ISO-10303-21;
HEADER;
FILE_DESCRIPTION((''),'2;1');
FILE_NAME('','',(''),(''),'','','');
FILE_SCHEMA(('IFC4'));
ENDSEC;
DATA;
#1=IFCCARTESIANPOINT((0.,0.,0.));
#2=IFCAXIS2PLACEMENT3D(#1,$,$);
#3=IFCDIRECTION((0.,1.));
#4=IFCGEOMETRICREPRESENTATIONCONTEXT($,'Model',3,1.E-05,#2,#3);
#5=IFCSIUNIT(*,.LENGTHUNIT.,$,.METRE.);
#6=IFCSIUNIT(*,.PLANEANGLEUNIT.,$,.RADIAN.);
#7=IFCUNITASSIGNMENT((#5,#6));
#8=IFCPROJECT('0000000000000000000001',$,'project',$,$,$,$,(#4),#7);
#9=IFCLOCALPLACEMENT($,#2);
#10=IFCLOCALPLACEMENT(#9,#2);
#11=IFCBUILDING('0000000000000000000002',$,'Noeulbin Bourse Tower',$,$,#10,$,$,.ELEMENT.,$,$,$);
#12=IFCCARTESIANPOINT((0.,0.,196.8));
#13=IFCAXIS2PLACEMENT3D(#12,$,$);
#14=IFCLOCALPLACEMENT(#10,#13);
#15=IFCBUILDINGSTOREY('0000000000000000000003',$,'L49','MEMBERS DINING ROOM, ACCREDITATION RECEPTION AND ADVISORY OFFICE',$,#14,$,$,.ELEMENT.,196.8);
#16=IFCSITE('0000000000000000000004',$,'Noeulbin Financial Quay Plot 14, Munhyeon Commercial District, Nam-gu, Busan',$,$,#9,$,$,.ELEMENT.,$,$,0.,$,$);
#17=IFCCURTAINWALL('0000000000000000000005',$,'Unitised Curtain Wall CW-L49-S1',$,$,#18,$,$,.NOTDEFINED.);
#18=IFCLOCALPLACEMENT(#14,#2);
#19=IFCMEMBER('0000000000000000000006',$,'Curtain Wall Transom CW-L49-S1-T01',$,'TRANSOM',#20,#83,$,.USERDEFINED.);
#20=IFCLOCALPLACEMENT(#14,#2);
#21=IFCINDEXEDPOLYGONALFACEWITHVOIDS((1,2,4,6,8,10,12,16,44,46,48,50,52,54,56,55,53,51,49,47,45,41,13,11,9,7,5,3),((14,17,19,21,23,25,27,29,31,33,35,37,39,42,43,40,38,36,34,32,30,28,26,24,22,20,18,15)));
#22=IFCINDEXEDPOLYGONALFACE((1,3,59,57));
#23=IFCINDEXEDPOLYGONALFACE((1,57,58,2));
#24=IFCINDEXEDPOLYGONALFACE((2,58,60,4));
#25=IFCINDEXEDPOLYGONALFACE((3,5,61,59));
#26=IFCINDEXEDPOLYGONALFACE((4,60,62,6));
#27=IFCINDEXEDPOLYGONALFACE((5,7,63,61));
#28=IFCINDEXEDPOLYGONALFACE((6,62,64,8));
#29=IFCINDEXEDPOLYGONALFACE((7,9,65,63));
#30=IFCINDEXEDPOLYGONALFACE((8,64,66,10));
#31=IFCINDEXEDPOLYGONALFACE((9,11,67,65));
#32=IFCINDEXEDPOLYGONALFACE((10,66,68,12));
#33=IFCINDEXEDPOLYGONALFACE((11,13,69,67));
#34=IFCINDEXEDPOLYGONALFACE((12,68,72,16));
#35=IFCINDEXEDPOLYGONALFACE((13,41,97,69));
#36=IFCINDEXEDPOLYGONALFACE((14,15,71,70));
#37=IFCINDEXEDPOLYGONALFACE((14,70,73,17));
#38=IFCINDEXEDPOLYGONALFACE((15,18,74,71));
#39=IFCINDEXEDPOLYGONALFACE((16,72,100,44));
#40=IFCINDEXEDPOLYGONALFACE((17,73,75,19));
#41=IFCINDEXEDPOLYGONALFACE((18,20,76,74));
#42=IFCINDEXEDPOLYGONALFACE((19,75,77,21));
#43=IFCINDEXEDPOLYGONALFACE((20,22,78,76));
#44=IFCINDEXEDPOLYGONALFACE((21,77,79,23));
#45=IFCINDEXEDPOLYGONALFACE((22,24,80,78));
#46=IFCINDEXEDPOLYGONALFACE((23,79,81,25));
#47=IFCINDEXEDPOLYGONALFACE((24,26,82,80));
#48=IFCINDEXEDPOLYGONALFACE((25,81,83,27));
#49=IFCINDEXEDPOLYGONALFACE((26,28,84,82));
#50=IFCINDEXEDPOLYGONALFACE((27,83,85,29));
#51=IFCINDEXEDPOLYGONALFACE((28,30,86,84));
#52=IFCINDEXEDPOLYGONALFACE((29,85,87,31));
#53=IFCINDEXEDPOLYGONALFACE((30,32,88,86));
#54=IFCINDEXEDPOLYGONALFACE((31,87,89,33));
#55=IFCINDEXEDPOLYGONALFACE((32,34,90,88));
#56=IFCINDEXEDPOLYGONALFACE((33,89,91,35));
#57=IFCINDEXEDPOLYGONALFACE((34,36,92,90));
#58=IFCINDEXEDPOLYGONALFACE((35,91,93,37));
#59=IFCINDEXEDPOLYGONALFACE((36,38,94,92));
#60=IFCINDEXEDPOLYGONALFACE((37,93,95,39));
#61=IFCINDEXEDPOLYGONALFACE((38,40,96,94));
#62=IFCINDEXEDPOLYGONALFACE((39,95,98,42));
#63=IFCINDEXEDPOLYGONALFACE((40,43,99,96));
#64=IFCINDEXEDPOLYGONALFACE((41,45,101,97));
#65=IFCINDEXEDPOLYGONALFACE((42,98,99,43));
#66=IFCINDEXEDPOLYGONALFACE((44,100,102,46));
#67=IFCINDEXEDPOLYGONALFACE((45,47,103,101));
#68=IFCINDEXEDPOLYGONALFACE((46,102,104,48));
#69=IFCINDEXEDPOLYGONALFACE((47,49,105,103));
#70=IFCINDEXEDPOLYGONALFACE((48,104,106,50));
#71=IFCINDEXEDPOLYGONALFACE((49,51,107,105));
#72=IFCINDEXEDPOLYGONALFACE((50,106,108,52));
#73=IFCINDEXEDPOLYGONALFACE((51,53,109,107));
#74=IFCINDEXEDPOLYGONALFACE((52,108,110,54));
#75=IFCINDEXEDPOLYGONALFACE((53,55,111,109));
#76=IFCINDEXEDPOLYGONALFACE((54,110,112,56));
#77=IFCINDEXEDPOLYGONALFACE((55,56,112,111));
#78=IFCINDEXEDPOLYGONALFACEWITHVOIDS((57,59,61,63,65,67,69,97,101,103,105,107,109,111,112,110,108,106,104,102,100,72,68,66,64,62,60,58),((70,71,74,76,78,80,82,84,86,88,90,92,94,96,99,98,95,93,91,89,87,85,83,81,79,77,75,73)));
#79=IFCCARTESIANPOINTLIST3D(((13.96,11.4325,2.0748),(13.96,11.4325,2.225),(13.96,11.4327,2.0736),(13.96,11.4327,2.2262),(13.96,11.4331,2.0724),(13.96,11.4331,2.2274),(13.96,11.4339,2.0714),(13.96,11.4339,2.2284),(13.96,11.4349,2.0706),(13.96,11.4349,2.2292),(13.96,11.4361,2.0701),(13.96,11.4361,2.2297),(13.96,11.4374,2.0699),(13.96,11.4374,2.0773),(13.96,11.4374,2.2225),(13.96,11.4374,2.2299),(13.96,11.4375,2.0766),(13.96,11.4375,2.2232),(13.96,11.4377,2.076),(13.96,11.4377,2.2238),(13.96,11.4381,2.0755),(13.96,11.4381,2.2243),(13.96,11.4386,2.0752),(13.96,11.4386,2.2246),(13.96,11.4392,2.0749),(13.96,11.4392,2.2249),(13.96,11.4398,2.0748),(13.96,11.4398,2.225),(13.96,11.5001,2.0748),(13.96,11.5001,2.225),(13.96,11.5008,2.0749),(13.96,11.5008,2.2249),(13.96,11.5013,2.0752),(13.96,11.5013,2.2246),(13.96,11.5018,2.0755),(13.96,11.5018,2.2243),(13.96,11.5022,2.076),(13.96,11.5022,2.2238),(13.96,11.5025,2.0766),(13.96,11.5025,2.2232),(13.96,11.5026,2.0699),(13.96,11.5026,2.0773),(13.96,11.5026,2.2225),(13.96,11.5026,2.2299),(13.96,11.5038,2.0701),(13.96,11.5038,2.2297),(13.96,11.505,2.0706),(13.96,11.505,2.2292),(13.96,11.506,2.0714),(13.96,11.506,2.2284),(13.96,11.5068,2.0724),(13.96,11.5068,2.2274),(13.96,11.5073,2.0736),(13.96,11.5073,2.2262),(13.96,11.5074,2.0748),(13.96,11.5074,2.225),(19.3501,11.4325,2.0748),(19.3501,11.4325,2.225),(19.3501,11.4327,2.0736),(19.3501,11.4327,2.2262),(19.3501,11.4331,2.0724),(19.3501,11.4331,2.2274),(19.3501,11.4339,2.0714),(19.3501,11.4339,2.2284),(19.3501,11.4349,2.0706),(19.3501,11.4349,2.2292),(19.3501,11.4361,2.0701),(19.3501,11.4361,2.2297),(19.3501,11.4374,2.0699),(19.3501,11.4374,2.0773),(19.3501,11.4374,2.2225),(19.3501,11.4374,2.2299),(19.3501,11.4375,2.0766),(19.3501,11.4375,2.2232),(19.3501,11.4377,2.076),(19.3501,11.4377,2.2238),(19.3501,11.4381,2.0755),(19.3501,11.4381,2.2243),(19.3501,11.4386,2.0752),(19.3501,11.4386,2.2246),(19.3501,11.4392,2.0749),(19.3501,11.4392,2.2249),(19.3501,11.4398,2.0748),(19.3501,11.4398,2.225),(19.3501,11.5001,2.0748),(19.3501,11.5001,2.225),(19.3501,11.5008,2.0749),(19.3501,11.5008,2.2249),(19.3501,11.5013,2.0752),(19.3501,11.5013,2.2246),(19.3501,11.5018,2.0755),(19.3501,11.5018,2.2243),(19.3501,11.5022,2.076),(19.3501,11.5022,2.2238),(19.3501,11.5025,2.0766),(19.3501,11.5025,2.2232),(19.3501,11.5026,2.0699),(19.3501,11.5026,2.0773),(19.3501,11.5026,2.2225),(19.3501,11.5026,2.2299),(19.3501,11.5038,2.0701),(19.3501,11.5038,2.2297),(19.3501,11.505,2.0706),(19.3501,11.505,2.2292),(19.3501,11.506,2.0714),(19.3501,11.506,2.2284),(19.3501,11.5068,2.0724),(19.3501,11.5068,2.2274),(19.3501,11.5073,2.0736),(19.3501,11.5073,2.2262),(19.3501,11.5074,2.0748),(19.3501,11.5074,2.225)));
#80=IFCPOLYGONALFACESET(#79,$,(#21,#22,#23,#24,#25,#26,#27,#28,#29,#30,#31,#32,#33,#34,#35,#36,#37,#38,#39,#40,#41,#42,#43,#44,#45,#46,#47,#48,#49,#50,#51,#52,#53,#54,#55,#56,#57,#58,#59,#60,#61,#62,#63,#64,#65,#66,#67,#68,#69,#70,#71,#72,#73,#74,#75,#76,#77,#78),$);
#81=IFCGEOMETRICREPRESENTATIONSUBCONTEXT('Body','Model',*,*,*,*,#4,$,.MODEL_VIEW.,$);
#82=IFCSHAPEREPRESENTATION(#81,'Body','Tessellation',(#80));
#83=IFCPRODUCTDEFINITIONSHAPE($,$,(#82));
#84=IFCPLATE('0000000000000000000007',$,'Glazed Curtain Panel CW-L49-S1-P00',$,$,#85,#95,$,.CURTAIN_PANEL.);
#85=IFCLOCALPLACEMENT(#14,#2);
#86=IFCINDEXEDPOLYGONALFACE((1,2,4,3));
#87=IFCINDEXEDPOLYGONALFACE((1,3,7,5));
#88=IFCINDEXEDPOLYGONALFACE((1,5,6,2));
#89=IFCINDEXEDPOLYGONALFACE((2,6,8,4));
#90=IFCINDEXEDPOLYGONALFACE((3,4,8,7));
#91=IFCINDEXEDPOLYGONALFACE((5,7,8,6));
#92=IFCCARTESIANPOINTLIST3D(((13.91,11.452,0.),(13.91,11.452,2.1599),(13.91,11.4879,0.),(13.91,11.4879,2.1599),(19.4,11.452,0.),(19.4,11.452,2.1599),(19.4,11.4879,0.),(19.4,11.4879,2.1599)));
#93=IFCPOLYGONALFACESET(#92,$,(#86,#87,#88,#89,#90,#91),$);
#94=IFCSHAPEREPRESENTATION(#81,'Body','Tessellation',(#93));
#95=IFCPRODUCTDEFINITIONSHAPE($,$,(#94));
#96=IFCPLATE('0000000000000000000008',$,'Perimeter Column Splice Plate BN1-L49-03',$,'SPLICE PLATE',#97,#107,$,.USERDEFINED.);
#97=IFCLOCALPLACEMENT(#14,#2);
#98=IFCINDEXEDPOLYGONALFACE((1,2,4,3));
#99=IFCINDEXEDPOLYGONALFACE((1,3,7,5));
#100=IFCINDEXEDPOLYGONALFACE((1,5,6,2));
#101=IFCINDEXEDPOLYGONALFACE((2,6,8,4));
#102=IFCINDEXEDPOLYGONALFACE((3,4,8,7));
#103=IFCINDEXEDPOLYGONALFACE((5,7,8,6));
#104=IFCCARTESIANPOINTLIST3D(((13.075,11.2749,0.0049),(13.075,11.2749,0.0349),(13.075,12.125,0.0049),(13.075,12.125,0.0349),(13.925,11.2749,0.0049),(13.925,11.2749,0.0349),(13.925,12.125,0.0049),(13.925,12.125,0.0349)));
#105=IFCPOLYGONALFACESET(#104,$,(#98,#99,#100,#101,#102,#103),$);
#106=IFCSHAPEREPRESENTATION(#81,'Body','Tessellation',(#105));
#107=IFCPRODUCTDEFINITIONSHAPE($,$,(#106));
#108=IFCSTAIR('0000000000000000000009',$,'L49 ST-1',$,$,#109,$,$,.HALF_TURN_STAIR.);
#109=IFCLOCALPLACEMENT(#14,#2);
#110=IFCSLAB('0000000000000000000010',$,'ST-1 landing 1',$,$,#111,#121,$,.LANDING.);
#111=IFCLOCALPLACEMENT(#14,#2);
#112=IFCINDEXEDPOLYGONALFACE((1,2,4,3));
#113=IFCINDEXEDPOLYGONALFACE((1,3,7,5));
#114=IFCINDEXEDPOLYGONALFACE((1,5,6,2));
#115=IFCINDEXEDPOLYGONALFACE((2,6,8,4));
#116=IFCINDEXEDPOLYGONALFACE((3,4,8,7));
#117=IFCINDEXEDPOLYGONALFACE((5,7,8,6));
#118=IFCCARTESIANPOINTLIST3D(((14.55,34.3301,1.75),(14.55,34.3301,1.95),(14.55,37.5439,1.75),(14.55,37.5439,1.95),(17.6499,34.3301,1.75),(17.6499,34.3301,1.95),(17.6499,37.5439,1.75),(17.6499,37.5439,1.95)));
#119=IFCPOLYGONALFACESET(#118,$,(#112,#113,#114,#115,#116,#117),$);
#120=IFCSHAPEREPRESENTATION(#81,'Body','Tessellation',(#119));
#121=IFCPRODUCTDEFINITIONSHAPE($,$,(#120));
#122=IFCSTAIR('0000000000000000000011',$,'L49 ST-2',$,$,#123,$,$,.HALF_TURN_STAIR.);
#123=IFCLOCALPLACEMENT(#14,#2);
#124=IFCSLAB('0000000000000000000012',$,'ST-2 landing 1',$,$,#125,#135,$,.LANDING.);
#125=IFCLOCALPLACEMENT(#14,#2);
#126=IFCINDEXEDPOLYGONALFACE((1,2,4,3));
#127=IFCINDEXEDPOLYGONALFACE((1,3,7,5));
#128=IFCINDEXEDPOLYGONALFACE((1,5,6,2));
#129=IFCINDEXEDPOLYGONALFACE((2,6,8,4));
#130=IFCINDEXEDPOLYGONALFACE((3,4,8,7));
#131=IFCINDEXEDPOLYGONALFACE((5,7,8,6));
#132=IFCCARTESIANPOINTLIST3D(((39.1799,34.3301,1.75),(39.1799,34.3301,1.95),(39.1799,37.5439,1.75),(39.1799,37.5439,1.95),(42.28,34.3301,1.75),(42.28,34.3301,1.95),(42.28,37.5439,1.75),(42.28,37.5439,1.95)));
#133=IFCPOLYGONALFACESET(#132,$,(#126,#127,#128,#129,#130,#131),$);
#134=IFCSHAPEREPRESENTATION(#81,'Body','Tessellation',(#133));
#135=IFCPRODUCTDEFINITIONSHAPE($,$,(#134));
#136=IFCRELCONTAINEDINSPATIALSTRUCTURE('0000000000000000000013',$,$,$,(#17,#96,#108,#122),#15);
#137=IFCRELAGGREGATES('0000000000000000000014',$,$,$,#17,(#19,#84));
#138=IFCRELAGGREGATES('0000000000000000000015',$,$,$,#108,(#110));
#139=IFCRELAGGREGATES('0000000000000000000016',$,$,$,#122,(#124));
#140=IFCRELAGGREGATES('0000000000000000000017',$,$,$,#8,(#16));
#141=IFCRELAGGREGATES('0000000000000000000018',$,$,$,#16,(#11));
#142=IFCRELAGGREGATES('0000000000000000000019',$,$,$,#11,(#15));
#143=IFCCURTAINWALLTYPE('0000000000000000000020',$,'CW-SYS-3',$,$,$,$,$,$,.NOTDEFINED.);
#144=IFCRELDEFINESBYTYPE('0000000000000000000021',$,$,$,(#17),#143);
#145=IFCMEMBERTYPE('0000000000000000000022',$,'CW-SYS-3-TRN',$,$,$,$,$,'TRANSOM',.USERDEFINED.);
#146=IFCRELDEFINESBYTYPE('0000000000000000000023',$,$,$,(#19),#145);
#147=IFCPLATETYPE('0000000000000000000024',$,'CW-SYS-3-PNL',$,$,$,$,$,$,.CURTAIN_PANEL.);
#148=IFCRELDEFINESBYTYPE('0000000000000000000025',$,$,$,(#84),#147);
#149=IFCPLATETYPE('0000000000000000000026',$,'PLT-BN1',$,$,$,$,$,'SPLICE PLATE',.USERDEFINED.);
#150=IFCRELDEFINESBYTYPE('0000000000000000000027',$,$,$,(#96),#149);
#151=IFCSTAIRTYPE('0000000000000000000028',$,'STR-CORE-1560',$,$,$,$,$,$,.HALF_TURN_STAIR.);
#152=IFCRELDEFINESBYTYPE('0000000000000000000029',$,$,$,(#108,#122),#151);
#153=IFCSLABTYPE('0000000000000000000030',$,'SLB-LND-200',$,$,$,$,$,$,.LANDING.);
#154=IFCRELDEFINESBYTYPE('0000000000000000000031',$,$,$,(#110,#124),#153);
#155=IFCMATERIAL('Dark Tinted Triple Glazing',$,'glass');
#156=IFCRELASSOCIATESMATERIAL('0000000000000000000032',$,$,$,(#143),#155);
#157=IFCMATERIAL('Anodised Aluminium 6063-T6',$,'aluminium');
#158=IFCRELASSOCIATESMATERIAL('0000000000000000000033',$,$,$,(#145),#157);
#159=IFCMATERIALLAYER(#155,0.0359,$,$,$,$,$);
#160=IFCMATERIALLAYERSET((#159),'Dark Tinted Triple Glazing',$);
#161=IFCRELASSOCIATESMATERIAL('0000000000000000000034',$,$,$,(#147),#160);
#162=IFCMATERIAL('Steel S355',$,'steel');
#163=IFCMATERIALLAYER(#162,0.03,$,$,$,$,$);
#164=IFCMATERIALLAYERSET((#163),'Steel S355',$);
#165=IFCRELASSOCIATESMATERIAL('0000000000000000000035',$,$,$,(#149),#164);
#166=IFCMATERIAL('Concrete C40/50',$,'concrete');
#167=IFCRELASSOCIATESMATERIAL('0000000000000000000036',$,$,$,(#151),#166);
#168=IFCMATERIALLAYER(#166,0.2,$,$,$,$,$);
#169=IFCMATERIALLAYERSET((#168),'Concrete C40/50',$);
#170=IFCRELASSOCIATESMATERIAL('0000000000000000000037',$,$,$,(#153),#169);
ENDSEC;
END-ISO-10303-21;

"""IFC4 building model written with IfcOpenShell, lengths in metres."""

from ifc_helpers import new_model, si_unit, direction, frame, origin, origin_2d, place, context, subcontext, project, spatial, polyline, rectangle, hollow_rectangle, outline, extrude, material, layer, layer_set, material_profile, profile_set, type_object, element, aggregate, save


model = new_model("IFC4")

# Units and contexts
model_context = context("Model", 3, precision=1e-05, world=origin(), true_north=direction((0.0, 1.0)))
body_context = subcontext(model_context, "Body", "Model", "MODEL_VIEW")
ifc_project = project(units=[si_unit("LENGTHUNIT", "METRE"), si_unit("PLANEANGLEUNIT", "RADIAN")], contexts=[model_context])

# Site, building, storey
site_placement = place(None, origin())
site = spatial("IfcSite", under=ifc_project, at=site_placement, Name="Noeulbin Financial Quay Plot 14, Munhyeon Commercial District, Nam-gu, Busan", CompositionType="ELEMENT", RefElevation=0.0)
building_placement = place(site_placement, origin())
building = spatial("IfcBuilding", under=site, at=building_placement, Name="Noeulbin Bourse Tower", CompositionType="ELEMENT")
storey_placement = place(building_placement, frame((0.0, 0.0, 196.8)))
storey = spatial("IfcBuildingStorey", under=building, at=storey_placement, Name="L49", Description="MEMBERS DINING ROOM, ACCREDITATION RECEPTION AND ADVISORY OFFICE", CompositionType="ELEMENT", Elevation=196.8)

# Shared definitions
ifc_material_1 = material(Name="Steel S355", Category="steel")

# Curtain wall, member, plate
ifc_material_2 = material(Name="Dark Tinted Triple Glazing", Category="glass")
curtain_wall_type = type_object("IfcCurtainWallType", Name="CW-SYS-3", PredefinedType="NOTDEFINED", material=ifc_material_2)
curtain_wall_placement = place(storey_placement, origin())
curtain_wall = element("IfcCurtainWall", 1, at=curtain_wall_placement, inside=storey, type_object=curtain_wall_type, Name="Unitised Curtain Wall CW-L49-S1", PredefinedType="NOTDEFINED")
ifc_material_3 = material(Name="Anodised Aluminium 6063-T6", Category="aluminium")
ifc_material_profile_1 = material_profile(ifc_material_3, hollow_rectangle(XDim=0.075, YDim=0.1599, WallThickness=0.0049, InnerFilletRadius=0.0024, OuterFilletRadius=0.0049, at=origin_2d()), Name="ALU-TRAN-75x160x5", Category="LoadBearing")
ifc_profile_set_1 = profile_set([ifc_material_profile_1], Name="Anodised Aluminium 6063-T6")
member_type_1 = type_object("IfcMemberType", Name="CW-SYS-3-TRN", ElementType="TRANSOM", PredefinedType="USERDEFINED", material=ifc_profile_set_1)
member_1_placement = place(storey_placement, frame((13.96, 11.47, 2.1499), z_axis=(1.0, 0.0, 0.0), x_axis=(0.0, 1.0, 0.0)))
member_1 = element("IfcMember", 2, at=member_1_placement, type_object=member_type_1, Name="Curtain Wall Transom CW-L49-S1-T01", ObjectType="TRANSOM", PredefinedType="USERDEFINED", context=body_context, shape_type="SweptSolid", body=[
    extrude(hollow_rectangle(XDim=0.075, YDim=0.1599, WallThickness=0.0049, InnerFilletRadius=0.0024, OuterFilletRadius=0.0049, at=origin_2d()), origin(), (0.0, 0.0, 1.0), 5.3901),
])
ifc_layer_1 = layer(ifc_material_2, 0.0359)
ifc_layer_set_1 = layer_set([ifc_layer_1], Name="Dark Tinted Triple Glazing")
plate_type_1 = type_object("IfcPlateType", Name="CW-SYS-3-PNL", PredefinedType="CURTAIN_PANEL", material=ifc_layer_set_1)
plate_1_placement = place(storey_placement, frame((16.655, 11.47, 0.0), z_axis=(0.0, 0.0, 1.0), x_axis=(1.0, 0.0, 0.0)))
plate_1 = element("IfcPlate", 3, at=plate_1_placement, type_object=plate_type_1, Name="Glazed Curtain Panel CW-L49-S1-P00", PredefinedType="CURTAIN_PANEL", context=body_context, shape_type="SweptSolid", body=[
    extrude(rectangle(XDim=5.49, YDim=0.0359, at=origin_2d()), origin(), (0.0, 0.0, 1.0), 2.1599),
])
aggregate(curtain_wall, [member_1, plate_1])

# Plate
ifc_layer_2 = layer(ifc_material_1, 0.03)
ifc_layer_set_2 = layer_set([ifc_layer_2], Name="Steel S355")
plate_type_2 = type_object("IfcPlateType", Name="PLT-BN1", ElementType="SPLICE PLATE", PredefinedType="USERDEFINED", material=ifc_layer_set_2)
plate_2_placement = place(storey_placement, frame((13.5, 11.7, 0.0049), z_axis=(0.0, 0.0, 1.0), x_axis=(1.0, 0.0, 0.0)))
element("IfcPlate", 4, at=plate_2_placement, inside=storey, type_object=plate_type_2, Name="Perimeter Column Splice Plate BN1-L49-03", ObjectType="SPLICE PLATE", PredefinedType="USERDEFINED", context=body_context, shape_type="SweptSolid", body=[
    extrude(rectangle(XDim=0.8501, YDim=0.8501, at=origin_2d()), origin(), (0.0, 0.0, 1.0), 0.03),
])

# Stairs, slabs
ifc_material_4 = material(Name="Concrete C40/50", Category="concrete")
stair_type = type_object("IfcStairType", Name="STR-CORE-1560", PredefinedType="HALF_TURN_STAIR", material=ifc_material_4)
stair_1_placement = place(storey_placement, origin())
stair_1 = element("IfcStair", 5, at=stair_1_placement, inside=storey, type_object=stair_type, Name="L49 ST-1", PredefinedType="HALF_TURN_STAIR")
ifc_layer_3 = layer(ifc_material_4, 0.2)
ifc_layer_set_3 = layer_set([ifc_layer_3], Name="Concrete C40/50")
slab_type_1 = type_object("IfcSlabType", Name="SLB-LND-200", PredefinedType="LANDING", material=ifc_layer_set_3)
slab_1_placement = place(storey_placement, frame((0.0, 0.0, 1.75)))
slab_1 = element("IfcSlab", 6, at=slab_1_placement, type_object=slab_type_1, Name="ST-1 landing 1", PredefinedType="LANDING", context=body_context, shape_type="SweptSolid", body=[
    extrude(outline(polyline([(17.6499, 34.3301), (17.6499, 37.5439), (14.55, 37.5439), (14.55, 34.3301), (17.6499, 34.3301)])), origin(), (0.0, 0.0, 1.0), 0.2),
])
aggregate(stair_1, [slab_1])
stair_2_placement = place(storey_placement, origin())
stair_2 = element("IfcStair", 7, at=stair_2_placement, inside=storey, type_object=stair_type, Name="L49 ST-2", PredefinedType="HALF_TURN_STAIR")
slab_2_placement = place(storey_placement, frame((0.0, 0.0, 1.75)))
slab_2 = element("IfcSlab", 8, at=slab_2_placement, type_object=slab_type_1, Name="ST-2 landing 1", PredefinedType="LANDING", context=body_context, shape_type="SweptSolid", body=[
    extrude(outline(polyline([(42.28, 34.3301), (42.28, 37.5439), (39.1799, 37.5439), (39.1799, 34.3301), (42.28, 34.3301)])), origin(), (0.0, 0.0, 1.0), 0.2),
])
aggregate(stair_2, [slab_2])

save(model, "model.ifc")
